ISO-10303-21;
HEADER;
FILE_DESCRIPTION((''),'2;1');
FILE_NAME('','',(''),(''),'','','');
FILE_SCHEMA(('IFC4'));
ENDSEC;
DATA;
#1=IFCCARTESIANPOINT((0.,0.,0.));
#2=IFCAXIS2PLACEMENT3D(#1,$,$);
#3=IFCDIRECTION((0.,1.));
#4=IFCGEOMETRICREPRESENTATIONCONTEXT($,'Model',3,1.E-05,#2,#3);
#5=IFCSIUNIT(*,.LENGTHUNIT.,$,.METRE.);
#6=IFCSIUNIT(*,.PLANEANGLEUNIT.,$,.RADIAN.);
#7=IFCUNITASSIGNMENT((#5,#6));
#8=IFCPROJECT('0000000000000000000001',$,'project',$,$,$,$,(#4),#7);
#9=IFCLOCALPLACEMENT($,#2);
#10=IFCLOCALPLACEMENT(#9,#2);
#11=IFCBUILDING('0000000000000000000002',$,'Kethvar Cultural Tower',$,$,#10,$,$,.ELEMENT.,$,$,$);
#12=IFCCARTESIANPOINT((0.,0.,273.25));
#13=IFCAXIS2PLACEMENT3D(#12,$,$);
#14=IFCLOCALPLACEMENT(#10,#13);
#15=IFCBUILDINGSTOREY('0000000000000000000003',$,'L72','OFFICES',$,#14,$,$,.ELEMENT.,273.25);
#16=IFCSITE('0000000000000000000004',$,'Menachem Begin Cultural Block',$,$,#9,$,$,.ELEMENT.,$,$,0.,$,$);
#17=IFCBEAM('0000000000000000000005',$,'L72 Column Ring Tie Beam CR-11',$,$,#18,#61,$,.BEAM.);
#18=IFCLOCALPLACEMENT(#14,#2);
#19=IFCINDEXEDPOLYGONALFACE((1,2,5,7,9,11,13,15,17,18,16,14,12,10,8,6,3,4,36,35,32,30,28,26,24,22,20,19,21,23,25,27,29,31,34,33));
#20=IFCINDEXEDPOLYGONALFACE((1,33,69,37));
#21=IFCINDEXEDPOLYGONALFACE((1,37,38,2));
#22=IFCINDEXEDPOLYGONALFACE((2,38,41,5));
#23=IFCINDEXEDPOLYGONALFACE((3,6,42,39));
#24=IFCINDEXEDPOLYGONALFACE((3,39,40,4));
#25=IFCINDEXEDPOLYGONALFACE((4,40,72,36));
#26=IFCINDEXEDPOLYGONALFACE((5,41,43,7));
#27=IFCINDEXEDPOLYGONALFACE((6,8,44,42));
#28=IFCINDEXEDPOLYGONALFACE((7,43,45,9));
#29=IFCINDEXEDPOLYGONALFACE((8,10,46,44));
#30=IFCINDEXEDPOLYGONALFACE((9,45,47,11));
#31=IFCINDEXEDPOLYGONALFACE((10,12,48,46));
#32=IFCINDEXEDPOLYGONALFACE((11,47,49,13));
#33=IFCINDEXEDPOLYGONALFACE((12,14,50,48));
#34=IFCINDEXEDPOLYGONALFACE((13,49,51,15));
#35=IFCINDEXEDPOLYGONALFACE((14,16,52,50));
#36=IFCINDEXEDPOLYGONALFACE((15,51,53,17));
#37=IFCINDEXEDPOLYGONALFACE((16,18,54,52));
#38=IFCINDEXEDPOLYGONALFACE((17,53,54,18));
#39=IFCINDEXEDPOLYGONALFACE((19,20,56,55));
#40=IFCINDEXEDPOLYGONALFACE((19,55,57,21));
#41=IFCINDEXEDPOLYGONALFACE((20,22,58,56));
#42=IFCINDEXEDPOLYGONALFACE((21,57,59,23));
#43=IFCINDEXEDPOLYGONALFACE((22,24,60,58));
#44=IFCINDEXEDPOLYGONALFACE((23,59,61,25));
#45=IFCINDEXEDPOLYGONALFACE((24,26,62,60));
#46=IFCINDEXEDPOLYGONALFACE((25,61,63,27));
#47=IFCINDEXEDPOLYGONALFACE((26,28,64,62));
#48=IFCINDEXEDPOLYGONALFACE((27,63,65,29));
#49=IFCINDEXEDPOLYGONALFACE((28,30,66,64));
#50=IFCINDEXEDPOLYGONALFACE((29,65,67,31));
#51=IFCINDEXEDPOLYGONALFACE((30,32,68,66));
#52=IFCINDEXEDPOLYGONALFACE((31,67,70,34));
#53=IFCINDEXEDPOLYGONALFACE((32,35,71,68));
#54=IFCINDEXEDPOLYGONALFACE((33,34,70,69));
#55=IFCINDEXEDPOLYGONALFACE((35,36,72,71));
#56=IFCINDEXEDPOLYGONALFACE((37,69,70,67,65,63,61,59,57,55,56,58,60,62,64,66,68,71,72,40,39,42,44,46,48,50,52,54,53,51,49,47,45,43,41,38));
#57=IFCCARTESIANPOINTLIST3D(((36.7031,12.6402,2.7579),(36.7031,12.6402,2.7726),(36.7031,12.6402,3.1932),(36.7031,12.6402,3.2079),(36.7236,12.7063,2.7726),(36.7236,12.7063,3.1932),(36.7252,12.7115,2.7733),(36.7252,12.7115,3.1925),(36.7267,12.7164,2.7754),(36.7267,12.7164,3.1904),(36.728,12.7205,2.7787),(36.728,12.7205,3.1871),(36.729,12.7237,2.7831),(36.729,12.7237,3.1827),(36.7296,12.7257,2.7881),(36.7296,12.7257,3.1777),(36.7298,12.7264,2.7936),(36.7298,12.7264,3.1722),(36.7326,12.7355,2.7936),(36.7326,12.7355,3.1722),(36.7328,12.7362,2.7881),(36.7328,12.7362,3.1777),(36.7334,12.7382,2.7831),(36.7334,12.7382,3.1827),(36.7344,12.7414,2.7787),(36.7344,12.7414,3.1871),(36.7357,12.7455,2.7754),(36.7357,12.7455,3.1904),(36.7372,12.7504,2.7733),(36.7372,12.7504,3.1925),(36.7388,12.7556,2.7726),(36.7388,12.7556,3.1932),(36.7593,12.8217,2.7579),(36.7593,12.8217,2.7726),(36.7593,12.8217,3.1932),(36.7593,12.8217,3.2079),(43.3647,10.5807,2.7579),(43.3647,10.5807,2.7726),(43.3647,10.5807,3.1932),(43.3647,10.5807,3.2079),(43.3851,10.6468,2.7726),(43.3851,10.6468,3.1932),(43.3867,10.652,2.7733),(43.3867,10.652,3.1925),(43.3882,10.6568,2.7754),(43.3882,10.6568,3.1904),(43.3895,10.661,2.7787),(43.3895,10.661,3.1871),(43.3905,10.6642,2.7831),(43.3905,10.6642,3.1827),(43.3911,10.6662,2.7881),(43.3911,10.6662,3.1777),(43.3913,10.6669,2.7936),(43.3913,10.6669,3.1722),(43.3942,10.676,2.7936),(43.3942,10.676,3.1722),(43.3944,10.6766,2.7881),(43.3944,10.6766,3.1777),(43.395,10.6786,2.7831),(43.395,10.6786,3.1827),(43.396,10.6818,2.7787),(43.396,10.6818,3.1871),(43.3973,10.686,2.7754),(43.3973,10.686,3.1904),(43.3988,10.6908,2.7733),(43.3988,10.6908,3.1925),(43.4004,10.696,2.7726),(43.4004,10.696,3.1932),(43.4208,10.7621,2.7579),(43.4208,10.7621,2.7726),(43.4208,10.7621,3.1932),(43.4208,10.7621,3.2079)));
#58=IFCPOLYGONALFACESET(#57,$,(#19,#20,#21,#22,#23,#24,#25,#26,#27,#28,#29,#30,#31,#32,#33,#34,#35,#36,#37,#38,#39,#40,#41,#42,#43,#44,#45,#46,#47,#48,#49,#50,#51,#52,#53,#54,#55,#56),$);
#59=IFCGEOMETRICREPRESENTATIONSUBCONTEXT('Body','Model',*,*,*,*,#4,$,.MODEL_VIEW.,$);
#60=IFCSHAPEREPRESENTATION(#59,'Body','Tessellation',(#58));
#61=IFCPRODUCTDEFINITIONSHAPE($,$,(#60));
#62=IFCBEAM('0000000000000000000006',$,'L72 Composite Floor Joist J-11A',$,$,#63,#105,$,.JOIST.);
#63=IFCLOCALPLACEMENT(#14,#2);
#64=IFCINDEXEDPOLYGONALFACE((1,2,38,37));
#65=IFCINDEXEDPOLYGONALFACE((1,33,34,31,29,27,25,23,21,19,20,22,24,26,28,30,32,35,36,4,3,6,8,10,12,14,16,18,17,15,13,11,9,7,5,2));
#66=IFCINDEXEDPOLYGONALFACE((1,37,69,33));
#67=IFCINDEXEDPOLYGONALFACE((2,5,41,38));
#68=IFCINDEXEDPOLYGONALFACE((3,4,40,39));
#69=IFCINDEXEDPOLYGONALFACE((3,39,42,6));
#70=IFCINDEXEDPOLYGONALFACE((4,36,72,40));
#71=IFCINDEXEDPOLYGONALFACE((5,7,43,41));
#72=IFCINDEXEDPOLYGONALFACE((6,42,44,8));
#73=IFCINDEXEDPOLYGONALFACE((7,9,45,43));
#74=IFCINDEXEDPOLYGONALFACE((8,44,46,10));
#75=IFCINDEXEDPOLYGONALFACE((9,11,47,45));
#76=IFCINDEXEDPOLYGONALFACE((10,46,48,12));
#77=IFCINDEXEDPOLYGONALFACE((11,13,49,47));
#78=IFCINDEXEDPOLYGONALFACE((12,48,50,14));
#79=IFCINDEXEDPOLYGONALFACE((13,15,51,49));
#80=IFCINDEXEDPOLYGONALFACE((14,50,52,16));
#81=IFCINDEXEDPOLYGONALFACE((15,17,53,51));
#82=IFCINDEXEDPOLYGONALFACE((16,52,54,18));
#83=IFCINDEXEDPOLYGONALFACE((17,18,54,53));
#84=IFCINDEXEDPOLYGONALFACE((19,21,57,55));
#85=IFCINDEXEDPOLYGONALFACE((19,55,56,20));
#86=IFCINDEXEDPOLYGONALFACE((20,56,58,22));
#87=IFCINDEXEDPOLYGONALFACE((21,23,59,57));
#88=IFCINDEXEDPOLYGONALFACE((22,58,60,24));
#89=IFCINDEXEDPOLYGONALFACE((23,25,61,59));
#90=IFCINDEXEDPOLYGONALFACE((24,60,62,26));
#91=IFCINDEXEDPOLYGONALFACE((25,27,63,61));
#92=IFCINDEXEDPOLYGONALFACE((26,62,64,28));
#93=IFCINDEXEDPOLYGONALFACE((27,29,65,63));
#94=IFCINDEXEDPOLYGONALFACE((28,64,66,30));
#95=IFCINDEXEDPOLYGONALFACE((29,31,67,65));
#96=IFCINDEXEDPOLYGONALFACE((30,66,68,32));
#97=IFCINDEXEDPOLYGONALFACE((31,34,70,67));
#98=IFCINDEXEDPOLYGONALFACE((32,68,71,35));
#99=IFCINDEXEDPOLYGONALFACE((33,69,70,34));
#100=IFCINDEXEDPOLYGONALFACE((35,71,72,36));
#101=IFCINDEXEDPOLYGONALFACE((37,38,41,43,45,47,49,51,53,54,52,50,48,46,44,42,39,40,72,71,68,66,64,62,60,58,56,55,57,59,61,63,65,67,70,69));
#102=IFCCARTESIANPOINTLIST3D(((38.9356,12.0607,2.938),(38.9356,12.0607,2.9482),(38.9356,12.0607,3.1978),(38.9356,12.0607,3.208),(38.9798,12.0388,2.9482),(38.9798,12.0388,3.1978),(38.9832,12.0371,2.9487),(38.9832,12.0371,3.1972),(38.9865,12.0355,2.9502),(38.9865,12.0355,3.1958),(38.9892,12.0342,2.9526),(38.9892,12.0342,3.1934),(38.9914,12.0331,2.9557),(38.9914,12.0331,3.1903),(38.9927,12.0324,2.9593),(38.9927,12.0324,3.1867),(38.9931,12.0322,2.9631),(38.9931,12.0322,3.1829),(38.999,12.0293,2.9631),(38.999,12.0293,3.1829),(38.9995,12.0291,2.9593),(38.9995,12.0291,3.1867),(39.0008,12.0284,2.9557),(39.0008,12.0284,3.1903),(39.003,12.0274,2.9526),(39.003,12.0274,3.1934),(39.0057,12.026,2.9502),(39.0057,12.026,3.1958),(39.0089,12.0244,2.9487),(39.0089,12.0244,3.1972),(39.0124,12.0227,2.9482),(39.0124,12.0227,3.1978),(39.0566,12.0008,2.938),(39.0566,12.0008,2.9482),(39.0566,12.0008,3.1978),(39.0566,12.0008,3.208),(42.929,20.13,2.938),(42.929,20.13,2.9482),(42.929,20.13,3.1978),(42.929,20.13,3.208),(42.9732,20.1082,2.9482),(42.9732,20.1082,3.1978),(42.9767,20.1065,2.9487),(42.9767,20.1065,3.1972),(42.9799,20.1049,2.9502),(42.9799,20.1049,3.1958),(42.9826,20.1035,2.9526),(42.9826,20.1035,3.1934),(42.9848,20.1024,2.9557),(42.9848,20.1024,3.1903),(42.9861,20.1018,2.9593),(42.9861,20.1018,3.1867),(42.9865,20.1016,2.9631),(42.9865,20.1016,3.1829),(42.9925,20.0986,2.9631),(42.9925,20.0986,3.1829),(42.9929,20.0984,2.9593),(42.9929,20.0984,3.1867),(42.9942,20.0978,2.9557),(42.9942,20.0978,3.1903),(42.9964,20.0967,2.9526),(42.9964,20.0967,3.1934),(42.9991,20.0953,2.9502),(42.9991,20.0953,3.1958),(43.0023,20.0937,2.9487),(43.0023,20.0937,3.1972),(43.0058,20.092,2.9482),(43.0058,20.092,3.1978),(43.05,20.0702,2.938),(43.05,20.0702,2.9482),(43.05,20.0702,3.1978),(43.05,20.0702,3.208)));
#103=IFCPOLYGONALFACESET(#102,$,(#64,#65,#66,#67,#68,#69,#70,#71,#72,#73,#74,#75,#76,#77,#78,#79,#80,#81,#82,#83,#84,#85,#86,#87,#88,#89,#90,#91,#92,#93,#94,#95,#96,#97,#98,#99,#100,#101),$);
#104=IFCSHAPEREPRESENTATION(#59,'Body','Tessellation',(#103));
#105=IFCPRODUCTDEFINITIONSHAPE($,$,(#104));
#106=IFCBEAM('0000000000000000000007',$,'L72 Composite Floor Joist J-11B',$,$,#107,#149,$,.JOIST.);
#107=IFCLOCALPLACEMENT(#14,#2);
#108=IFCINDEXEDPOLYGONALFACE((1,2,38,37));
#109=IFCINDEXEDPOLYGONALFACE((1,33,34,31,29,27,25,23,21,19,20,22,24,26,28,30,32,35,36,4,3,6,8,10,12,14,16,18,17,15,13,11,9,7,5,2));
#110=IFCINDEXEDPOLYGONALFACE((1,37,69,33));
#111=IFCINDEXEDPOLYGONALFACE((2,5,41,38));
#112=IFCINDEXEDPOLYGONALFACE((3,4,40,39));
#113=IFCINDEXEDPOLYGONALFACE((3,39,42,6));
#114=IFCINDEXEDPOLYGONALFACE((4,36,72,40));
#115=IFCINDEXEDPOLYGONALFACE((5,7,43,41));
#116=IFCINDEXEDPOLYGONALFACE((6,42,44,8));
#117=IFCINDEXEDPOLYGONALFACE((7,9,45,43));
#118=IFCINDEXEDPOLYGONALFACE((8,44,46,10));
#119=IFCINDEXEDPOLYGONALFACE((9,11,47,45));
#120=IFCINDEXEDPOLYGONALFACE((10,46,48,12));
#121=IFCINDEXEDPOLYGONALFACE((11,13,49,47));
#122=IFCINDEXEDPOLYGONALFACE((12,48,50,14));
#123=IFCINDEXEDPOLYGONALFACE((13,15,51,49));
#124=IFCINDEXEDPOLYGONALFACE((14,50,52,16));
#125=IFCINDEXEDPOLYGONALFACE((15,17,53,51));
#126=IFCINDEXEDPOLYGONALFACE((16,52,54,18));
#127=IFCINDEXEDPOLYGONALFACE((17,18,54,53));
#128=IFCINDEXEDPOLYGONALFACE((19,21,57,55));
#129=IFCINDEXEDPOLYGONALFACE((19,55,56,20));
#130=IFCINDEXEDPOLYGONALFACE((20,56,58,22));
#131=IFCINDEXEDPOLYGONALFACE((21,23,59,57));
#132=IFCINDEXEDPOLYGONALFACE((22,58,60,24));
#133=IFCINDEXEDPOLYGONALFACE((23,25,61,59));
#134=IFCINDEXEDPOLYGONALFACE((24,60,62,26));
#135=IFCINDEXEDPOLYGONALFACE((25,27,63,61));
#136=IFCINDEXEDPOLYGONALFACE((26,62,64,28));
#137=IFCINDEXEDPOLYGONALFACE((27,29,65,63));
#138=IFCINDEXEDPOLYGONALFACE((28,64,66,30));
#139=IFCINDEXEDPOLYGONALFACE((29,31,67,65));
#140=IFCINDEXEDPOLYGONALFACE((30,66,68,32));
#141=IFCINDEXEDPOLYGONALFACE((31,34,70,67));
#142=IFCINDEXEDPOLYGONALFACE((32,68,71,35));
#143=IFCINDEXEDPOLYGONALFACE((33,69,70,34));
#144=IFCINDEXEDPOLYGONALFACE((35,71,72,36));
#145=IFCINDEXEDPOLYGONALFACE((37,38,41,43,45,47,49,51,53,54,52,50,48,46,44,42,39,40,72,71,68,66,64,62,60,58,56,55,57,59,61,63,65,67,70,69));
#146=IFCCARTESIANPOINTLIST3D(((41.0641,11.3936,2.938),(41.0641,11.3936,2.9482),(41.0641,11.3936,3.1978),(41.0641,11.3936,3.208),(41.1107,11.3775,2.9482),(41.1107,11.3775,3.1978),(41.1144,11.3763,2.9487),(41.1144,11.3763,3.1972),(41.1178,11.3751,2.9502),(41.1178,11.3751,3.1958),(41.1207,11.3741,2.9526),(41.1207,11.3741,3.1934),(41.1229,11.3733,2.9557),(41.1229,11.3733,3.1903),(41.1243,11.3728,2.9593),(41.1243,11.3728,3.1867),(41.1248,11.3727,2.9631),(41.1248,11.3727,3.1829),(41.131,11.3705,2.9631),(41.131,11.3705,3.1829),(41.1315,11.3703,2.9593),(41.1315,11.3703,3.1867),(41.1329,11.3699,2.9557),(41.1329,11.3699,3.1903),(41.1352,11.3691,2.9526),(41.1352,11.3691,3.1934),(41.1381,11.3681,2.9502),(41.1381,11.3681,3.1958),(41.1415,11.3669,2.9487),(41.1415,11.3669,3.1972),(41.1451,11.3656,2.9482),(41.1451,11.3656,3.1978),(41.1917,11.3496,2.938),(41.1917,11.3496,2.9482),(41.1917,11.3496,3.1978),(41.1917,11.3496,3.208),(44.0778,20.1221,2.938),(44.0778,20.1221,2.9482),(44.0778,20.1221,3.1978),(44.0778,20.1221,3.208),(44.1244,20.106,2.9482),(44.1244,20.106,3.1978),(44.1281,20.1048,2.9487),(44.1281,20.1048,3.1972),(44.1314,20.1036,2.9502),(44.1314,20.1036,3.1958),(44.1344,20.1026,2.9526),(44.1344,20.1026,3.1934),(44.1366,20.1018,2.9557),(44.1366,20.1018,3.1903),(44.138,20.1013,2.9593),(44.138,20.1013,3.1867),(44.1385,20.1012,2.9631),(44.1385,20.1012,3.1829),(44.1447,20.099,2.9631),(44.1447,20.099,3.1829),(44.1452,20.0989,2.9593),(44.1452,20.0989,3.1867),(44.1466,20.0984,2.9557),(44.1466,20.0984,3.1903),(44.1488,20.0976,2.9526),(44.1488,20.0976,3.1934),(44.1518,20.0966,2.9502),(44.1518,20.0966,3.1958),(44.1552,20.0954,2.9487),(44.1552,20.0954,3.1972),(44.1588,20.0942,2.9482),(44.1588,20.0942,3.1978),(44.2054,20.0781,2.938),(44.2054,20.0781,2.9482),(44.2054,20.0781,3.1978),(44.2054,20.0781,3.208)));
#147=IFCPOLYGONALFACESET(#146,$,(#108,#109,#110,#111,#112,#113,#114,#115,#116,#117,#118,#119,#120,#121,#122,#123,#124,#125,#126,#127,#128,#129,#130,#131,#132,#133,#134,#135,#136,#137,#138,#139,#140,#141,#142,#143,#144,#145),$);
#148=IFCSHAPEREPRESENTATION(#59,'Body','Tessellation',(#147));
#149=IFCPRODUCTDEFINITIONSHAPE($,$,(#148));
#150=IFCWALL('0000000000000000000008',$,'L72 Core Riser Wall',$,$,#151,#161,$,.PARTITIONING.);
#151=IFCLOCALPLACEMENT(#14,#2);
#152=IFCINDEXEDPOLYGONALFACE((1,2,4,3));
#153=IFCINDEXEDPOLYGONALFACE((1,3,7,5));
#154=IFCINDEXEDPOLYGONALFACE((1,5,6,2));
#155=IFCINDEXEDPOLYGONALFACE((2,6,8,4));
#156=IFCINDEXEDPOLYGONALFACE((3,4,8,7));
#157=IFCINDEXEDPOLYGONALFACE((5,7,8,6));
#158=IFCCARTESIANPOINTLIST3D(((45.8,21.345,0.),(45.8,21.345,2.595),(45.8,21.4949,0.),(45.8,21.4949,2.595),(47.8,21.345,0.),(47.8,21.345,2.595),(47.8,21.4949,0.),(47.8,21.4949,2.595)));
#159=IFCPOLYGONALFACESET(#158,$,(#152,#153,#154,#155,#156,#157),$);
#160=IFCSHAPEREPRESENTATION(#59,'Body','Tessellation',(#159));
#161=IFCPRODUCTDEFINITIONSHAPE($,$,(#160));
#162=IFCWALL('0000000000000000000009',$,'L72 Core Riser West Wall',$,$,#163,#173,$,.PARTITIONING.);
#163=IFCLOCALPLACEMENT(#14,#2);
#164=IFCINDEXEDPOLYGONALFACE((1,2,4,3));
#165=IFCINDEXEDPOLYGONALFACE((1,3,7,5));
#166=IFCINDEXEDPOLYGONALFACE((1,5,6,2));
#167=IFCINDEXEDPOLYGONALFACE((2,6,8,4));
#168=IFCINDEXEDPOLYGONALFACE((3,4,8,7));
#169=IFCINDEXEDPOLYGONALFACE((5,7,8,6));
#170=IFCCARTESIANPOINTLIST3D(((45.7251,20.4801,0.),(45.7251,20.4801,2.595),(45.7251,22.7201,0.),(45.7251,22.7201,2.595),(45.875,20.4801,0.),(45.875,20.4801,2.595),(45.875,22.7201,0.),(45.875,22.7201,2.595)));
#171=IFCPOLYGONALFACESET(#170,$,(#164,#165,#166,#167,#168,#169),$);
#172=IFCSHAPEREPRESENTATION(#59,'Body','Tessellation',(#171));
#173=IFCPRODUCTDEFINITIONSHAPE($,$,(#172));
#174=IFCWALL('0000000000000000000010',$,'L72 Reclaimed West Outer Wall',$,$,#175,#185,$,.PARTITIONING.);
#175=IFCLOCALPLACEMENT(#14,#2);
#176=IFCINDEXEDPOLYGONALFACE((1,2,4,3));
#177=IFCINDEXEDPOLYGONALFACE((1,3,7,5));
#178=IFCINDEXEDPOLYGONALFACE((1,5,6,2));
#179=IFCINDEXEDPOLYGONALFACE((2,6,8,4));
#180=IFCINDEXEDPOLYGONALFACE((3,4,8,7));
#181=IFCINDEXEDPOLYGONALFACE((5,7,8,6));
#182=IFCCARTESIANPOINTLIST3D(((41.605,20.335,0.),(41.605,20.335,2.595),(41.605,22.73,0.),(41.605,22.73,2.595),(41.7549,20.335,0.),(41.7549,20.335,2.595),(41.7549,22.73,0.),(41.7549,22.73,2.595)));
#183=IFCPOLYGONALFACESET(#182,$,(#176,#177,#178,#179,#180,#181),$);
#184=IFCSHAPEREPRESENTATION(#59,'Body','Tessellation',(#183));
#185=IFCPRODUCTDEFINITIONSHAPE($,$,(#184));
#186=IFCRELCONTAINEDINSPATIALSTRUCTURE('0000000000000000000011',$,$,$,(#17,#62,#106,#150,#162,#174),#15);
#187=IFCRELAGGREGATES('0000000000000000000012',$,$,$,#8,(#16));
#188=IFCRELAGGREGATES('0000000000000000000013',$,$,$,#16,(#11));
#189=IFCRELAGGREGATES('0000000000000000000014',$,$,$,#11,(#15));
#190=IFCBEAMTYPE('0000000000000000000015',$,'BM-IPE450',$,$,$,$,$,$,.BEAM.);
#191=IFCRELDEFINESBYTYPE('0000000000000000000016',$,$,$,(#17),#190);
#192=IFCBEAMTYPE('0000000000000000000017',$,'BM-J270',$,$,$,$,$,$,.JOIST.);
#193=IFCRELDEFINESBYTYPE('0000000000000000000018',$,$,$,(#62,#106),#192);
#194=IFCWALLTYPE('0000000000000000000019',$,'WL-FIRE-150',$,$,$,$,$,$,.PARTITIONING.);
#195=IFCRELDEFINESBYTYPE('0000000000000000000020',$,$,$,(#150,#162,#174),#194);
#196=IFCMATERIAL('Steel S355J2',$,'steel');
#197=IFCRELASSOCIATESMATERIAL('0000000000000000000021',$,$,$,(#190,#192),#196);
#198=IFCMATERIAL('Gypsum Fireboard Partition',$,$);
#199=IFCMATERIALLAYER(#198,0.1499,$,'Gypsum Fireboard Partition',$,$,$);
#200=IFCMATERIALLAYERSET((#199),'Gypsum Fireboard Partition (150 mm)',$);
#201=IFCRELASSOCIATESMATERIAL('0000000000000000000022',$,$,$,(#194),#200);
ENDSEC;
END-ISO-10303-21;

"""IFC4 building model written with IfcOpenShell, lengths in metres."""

from ifc_helpers import new_model, si_unit, direction, frame, frame_2d, origin, origin_2d, place, context, subcontext, project, spatial, rectangle, i_section, extrude, source, transform, mapped, material, layer, layer_set, material_profile, profile_set, type_object, element, save


model = new_model("IFC4")

# Units and contexts
model_context = context("Model", 3, precision=1e-05, world=origin(), true_north=direction((0.0, 1.0)))
body_context = subcontext(model_context, "Body", "Model", "MODEL_VIEW")
ifc_project = project(units=[si_unit("LENGTHUNIT", "METRE"), si_unit("PLANEANGLEUNIT", "RADIAN")], contexts=[model_context])

# Site, building, storey
site_placement = place(None, origin())
site = spatial("IfcSite", under=ifc_project, at=site_placement, Name="Menachem Begin Cultural Block", CompositionType="ELEMENT", RefElevation=0.0)
building_placement = place(site_placement, origin())
building = spatial("IfcBuilding", under=site, at=building_placement, Name="Kethvar Cultural Tower", CompositionType="ELEMENT")
storey_placement = place(building_placement, frame((0.0, 0.0, 273.25)))
storey = spatial("IfcBuildingStorey", under=building, at=storey_placement, Name="L72", Description="OFFICES", CompositionType="ELEMENT", Elevation=273.25)

# Shared definitions
ifc_material_1 = material(Name="Steel S355J2", Category="steel")

# Beams
ifc_material_profile_1 = material_profile(ifc_material_1, i_section(OverallWidth=0.1899, OverallDepth=0.45, WebThickness=0.0095, FlangeThickness=0.0146, FilletRadius=0.021, at=origin_2d()), Name="Steel S355J2 — IPE450")
ifc_profile_set_1 = profile_set([ifc_material_profile_1], Name="Steel S355J2 — IPE450")
beam_type_1 = type_object("IfcBeamType", Name="BM-IPE450", PredefinedType="BEAM", material=ifc_profile_set_1)
ifc_material_profile_2 = material_profile(ifc_material_1, i_section(OverallWidth=0.135, OverallDepth=0.27, WebThickness=0.0066, FlangeThickness=0.0103, FilletRadius=0.0149, at=origin_2d()), Name="Steel S355J2 — IPE270")
ifc_profile_set_2 = profile_set([ifc_material_profile_2], Name="Steel S355J2 — IPE270")
beam_type_2 = type_object("IfcBeamType", Name="BM-J270", PredefinedType="JOIST", material=ifc_profile_set_2)
shared_shape_1 = source(origin(), body_context, "Body", "SweptSolid", [
    extrude(i_section(OverallWidth=0.1899, OverallDepth=0.45, WebThickness=0.0095, FlangeThickness=0.0146, FilletRadius=0.021, at=origin_2d()), origin(), (0.0, 0.0, 1.0), 6.9727),
])
beam_1_placement = place(storey_placement, frame((36.7312, 12.731, 2.9829), z_axis=(0.955381, -0.295375, 0.0), x_axis=(0.295375, 0.955381, 0.0)))
element("IfcBeam", 1, at=beam_1_placement, inside=storey, type_object=beam_type_1, Name="L72 Column Ring Tie Beam CR-11", PredefinedType="BEAM", context=body_context, shape_type="MappedRepresentation", body=[
    mapped(shared_shape_1, transform((0.0, 0.0, 0.0), scale=1.0)),
])
shared_shape_2 = source(origin(), body_context, "Body", "SweptSolid", [
    extrude(i_section(OverallWidth=0.135, OverallDepth=0.27, WebThickness=0.0066, FlangeThickness=0.0103, FilletRadius=0.0149, at=origin_2d()), origin(), (0.0, 0.0, 1.0), 9.0034),
])
beam_2_placement = place(storey_placement, frame((42.9895, 20.1001, 3.073), z_axis=(-0.443544, -0.896253, 0.0), x_axis=(0.896253, -0.443544, 0.0)))
element("IfcBeam", 2, at=beam_2_placement, inside=storey, type_object=beam_type_2, Name="L72 Composite Floor Joist J-11A", PredefinedType="JOIST", context=body_context, shape_type="MappedRepresentation", body=[
    mapped(shared_shape_2, transform((0.0, 0.0, 0.0), scale=1.0)),
])
shared_shape_3 = source(origin(), body_context, "Body", "SweptSolid", [
    extrude(i_section(OverallWidth=0.135, OverallDepth=0.27, WebThickness=0.0066, FlangeThickness=0.0103, FilletRadius=0.0149, at=origin_2d()), origin(), (0.0, 0.0, 1.0), 9.2341),
])
beam_3_placement = place(storey_placement, frame((44.1416, 20.1001, 3.073), z_axis=(-0.326362, -0.945245, 0.0), x_axis=(0.945245, -0.326362, 0.0)))
element("IfcBeam", 3, at=beam_3_placement, inside=storey, type_object=beam_type_2, Name="L72 Composite Floor Joist J-11B", PredefinedType="JOIST", context=body_context, shape_type="MappedRepresentation", body=[
    mapped(shared_shape_3, transform((0.0, 0.0, 0.0), scale=1.0)),
])

# Walls
ifc_material_2 = material(Name="Gypsum Fireboard Partition")
ifc_layer_1 = layer(ifc_material_2, 0.1499, Name="Gypsum Fireboard Partition")
ifc_layer_set_1 = layer_set([ifc_layer_1], Name="Gypsum Fireboard Partition (150 mm)")
wall_type_1 = type_object("IfcWallType", Name="WL-FIRE-150", PredefinedType="PARTITIONING", material=ifc_layer_set_1)
wall_1_placement = place(storey_placement, frame((45.8, 21.4199, 0.0), z_axis=(0.0, 0.0, 1.0), x_axis=(1.0, 0.0, 0.0)))
element("IfcWall", 4, at=wall_1_placement, inside=storey, type_object=wall_type_1, Name="L72 Core Riser Wall", PredefinedType="PARTITIONING", context=body_context, shape_type="SweptSolid", body=[
    extrude(rectangle(XDim=2.0, YDim=0.1499, at=frame_2d((1.0, 0.0))), origin(), (0.0, 0.0, 1.0), 2.595),
])
wall_2_placement = place(storey_placement, frame((45.8, 20.48, 0.0), z_axis=(0.0, 0.0, 1.0), x_axis=(0.0, 1.0, 0.0)))
element("IfcWall", 5, at=wall_2_placement, inside=storey, type_object=wall_type_1, Name="L72 Core Riser West Wall", PredefinedType="PARTITIONING", context=body_context, shape_type="SweptSolid", body=[
    extrude(rectangle(XDim=2.24, YDim=0.1499, at=frame_2d((1.1201, 0.0))), origin(), (0.0, 0.0, 1.0), 2.595),
])
wall_3_placement = place(storey_placement, frame((41.6799, 20.335, 0.0), z_axis=(0.0, 0.0, 1.0), x_axis=(0.0, 1.0, 0.0)))
element("IfcWall", 6, at=wall_3_placement, inside=storey, type_object=wall_type_1, Name="L72 Reclaimed West Outer Wall", PredefinedType="PARTITIONING", context=body_context, shape_type="SweptSolid", body=[
    extrude(rectangle(XDim=2.395, YDim=0.1499, at=frame_2d((1.1975, 0.0))), origin(), (0.0, 0.0, 1.0), 2.595),
])

save(model, "model.ifc")
